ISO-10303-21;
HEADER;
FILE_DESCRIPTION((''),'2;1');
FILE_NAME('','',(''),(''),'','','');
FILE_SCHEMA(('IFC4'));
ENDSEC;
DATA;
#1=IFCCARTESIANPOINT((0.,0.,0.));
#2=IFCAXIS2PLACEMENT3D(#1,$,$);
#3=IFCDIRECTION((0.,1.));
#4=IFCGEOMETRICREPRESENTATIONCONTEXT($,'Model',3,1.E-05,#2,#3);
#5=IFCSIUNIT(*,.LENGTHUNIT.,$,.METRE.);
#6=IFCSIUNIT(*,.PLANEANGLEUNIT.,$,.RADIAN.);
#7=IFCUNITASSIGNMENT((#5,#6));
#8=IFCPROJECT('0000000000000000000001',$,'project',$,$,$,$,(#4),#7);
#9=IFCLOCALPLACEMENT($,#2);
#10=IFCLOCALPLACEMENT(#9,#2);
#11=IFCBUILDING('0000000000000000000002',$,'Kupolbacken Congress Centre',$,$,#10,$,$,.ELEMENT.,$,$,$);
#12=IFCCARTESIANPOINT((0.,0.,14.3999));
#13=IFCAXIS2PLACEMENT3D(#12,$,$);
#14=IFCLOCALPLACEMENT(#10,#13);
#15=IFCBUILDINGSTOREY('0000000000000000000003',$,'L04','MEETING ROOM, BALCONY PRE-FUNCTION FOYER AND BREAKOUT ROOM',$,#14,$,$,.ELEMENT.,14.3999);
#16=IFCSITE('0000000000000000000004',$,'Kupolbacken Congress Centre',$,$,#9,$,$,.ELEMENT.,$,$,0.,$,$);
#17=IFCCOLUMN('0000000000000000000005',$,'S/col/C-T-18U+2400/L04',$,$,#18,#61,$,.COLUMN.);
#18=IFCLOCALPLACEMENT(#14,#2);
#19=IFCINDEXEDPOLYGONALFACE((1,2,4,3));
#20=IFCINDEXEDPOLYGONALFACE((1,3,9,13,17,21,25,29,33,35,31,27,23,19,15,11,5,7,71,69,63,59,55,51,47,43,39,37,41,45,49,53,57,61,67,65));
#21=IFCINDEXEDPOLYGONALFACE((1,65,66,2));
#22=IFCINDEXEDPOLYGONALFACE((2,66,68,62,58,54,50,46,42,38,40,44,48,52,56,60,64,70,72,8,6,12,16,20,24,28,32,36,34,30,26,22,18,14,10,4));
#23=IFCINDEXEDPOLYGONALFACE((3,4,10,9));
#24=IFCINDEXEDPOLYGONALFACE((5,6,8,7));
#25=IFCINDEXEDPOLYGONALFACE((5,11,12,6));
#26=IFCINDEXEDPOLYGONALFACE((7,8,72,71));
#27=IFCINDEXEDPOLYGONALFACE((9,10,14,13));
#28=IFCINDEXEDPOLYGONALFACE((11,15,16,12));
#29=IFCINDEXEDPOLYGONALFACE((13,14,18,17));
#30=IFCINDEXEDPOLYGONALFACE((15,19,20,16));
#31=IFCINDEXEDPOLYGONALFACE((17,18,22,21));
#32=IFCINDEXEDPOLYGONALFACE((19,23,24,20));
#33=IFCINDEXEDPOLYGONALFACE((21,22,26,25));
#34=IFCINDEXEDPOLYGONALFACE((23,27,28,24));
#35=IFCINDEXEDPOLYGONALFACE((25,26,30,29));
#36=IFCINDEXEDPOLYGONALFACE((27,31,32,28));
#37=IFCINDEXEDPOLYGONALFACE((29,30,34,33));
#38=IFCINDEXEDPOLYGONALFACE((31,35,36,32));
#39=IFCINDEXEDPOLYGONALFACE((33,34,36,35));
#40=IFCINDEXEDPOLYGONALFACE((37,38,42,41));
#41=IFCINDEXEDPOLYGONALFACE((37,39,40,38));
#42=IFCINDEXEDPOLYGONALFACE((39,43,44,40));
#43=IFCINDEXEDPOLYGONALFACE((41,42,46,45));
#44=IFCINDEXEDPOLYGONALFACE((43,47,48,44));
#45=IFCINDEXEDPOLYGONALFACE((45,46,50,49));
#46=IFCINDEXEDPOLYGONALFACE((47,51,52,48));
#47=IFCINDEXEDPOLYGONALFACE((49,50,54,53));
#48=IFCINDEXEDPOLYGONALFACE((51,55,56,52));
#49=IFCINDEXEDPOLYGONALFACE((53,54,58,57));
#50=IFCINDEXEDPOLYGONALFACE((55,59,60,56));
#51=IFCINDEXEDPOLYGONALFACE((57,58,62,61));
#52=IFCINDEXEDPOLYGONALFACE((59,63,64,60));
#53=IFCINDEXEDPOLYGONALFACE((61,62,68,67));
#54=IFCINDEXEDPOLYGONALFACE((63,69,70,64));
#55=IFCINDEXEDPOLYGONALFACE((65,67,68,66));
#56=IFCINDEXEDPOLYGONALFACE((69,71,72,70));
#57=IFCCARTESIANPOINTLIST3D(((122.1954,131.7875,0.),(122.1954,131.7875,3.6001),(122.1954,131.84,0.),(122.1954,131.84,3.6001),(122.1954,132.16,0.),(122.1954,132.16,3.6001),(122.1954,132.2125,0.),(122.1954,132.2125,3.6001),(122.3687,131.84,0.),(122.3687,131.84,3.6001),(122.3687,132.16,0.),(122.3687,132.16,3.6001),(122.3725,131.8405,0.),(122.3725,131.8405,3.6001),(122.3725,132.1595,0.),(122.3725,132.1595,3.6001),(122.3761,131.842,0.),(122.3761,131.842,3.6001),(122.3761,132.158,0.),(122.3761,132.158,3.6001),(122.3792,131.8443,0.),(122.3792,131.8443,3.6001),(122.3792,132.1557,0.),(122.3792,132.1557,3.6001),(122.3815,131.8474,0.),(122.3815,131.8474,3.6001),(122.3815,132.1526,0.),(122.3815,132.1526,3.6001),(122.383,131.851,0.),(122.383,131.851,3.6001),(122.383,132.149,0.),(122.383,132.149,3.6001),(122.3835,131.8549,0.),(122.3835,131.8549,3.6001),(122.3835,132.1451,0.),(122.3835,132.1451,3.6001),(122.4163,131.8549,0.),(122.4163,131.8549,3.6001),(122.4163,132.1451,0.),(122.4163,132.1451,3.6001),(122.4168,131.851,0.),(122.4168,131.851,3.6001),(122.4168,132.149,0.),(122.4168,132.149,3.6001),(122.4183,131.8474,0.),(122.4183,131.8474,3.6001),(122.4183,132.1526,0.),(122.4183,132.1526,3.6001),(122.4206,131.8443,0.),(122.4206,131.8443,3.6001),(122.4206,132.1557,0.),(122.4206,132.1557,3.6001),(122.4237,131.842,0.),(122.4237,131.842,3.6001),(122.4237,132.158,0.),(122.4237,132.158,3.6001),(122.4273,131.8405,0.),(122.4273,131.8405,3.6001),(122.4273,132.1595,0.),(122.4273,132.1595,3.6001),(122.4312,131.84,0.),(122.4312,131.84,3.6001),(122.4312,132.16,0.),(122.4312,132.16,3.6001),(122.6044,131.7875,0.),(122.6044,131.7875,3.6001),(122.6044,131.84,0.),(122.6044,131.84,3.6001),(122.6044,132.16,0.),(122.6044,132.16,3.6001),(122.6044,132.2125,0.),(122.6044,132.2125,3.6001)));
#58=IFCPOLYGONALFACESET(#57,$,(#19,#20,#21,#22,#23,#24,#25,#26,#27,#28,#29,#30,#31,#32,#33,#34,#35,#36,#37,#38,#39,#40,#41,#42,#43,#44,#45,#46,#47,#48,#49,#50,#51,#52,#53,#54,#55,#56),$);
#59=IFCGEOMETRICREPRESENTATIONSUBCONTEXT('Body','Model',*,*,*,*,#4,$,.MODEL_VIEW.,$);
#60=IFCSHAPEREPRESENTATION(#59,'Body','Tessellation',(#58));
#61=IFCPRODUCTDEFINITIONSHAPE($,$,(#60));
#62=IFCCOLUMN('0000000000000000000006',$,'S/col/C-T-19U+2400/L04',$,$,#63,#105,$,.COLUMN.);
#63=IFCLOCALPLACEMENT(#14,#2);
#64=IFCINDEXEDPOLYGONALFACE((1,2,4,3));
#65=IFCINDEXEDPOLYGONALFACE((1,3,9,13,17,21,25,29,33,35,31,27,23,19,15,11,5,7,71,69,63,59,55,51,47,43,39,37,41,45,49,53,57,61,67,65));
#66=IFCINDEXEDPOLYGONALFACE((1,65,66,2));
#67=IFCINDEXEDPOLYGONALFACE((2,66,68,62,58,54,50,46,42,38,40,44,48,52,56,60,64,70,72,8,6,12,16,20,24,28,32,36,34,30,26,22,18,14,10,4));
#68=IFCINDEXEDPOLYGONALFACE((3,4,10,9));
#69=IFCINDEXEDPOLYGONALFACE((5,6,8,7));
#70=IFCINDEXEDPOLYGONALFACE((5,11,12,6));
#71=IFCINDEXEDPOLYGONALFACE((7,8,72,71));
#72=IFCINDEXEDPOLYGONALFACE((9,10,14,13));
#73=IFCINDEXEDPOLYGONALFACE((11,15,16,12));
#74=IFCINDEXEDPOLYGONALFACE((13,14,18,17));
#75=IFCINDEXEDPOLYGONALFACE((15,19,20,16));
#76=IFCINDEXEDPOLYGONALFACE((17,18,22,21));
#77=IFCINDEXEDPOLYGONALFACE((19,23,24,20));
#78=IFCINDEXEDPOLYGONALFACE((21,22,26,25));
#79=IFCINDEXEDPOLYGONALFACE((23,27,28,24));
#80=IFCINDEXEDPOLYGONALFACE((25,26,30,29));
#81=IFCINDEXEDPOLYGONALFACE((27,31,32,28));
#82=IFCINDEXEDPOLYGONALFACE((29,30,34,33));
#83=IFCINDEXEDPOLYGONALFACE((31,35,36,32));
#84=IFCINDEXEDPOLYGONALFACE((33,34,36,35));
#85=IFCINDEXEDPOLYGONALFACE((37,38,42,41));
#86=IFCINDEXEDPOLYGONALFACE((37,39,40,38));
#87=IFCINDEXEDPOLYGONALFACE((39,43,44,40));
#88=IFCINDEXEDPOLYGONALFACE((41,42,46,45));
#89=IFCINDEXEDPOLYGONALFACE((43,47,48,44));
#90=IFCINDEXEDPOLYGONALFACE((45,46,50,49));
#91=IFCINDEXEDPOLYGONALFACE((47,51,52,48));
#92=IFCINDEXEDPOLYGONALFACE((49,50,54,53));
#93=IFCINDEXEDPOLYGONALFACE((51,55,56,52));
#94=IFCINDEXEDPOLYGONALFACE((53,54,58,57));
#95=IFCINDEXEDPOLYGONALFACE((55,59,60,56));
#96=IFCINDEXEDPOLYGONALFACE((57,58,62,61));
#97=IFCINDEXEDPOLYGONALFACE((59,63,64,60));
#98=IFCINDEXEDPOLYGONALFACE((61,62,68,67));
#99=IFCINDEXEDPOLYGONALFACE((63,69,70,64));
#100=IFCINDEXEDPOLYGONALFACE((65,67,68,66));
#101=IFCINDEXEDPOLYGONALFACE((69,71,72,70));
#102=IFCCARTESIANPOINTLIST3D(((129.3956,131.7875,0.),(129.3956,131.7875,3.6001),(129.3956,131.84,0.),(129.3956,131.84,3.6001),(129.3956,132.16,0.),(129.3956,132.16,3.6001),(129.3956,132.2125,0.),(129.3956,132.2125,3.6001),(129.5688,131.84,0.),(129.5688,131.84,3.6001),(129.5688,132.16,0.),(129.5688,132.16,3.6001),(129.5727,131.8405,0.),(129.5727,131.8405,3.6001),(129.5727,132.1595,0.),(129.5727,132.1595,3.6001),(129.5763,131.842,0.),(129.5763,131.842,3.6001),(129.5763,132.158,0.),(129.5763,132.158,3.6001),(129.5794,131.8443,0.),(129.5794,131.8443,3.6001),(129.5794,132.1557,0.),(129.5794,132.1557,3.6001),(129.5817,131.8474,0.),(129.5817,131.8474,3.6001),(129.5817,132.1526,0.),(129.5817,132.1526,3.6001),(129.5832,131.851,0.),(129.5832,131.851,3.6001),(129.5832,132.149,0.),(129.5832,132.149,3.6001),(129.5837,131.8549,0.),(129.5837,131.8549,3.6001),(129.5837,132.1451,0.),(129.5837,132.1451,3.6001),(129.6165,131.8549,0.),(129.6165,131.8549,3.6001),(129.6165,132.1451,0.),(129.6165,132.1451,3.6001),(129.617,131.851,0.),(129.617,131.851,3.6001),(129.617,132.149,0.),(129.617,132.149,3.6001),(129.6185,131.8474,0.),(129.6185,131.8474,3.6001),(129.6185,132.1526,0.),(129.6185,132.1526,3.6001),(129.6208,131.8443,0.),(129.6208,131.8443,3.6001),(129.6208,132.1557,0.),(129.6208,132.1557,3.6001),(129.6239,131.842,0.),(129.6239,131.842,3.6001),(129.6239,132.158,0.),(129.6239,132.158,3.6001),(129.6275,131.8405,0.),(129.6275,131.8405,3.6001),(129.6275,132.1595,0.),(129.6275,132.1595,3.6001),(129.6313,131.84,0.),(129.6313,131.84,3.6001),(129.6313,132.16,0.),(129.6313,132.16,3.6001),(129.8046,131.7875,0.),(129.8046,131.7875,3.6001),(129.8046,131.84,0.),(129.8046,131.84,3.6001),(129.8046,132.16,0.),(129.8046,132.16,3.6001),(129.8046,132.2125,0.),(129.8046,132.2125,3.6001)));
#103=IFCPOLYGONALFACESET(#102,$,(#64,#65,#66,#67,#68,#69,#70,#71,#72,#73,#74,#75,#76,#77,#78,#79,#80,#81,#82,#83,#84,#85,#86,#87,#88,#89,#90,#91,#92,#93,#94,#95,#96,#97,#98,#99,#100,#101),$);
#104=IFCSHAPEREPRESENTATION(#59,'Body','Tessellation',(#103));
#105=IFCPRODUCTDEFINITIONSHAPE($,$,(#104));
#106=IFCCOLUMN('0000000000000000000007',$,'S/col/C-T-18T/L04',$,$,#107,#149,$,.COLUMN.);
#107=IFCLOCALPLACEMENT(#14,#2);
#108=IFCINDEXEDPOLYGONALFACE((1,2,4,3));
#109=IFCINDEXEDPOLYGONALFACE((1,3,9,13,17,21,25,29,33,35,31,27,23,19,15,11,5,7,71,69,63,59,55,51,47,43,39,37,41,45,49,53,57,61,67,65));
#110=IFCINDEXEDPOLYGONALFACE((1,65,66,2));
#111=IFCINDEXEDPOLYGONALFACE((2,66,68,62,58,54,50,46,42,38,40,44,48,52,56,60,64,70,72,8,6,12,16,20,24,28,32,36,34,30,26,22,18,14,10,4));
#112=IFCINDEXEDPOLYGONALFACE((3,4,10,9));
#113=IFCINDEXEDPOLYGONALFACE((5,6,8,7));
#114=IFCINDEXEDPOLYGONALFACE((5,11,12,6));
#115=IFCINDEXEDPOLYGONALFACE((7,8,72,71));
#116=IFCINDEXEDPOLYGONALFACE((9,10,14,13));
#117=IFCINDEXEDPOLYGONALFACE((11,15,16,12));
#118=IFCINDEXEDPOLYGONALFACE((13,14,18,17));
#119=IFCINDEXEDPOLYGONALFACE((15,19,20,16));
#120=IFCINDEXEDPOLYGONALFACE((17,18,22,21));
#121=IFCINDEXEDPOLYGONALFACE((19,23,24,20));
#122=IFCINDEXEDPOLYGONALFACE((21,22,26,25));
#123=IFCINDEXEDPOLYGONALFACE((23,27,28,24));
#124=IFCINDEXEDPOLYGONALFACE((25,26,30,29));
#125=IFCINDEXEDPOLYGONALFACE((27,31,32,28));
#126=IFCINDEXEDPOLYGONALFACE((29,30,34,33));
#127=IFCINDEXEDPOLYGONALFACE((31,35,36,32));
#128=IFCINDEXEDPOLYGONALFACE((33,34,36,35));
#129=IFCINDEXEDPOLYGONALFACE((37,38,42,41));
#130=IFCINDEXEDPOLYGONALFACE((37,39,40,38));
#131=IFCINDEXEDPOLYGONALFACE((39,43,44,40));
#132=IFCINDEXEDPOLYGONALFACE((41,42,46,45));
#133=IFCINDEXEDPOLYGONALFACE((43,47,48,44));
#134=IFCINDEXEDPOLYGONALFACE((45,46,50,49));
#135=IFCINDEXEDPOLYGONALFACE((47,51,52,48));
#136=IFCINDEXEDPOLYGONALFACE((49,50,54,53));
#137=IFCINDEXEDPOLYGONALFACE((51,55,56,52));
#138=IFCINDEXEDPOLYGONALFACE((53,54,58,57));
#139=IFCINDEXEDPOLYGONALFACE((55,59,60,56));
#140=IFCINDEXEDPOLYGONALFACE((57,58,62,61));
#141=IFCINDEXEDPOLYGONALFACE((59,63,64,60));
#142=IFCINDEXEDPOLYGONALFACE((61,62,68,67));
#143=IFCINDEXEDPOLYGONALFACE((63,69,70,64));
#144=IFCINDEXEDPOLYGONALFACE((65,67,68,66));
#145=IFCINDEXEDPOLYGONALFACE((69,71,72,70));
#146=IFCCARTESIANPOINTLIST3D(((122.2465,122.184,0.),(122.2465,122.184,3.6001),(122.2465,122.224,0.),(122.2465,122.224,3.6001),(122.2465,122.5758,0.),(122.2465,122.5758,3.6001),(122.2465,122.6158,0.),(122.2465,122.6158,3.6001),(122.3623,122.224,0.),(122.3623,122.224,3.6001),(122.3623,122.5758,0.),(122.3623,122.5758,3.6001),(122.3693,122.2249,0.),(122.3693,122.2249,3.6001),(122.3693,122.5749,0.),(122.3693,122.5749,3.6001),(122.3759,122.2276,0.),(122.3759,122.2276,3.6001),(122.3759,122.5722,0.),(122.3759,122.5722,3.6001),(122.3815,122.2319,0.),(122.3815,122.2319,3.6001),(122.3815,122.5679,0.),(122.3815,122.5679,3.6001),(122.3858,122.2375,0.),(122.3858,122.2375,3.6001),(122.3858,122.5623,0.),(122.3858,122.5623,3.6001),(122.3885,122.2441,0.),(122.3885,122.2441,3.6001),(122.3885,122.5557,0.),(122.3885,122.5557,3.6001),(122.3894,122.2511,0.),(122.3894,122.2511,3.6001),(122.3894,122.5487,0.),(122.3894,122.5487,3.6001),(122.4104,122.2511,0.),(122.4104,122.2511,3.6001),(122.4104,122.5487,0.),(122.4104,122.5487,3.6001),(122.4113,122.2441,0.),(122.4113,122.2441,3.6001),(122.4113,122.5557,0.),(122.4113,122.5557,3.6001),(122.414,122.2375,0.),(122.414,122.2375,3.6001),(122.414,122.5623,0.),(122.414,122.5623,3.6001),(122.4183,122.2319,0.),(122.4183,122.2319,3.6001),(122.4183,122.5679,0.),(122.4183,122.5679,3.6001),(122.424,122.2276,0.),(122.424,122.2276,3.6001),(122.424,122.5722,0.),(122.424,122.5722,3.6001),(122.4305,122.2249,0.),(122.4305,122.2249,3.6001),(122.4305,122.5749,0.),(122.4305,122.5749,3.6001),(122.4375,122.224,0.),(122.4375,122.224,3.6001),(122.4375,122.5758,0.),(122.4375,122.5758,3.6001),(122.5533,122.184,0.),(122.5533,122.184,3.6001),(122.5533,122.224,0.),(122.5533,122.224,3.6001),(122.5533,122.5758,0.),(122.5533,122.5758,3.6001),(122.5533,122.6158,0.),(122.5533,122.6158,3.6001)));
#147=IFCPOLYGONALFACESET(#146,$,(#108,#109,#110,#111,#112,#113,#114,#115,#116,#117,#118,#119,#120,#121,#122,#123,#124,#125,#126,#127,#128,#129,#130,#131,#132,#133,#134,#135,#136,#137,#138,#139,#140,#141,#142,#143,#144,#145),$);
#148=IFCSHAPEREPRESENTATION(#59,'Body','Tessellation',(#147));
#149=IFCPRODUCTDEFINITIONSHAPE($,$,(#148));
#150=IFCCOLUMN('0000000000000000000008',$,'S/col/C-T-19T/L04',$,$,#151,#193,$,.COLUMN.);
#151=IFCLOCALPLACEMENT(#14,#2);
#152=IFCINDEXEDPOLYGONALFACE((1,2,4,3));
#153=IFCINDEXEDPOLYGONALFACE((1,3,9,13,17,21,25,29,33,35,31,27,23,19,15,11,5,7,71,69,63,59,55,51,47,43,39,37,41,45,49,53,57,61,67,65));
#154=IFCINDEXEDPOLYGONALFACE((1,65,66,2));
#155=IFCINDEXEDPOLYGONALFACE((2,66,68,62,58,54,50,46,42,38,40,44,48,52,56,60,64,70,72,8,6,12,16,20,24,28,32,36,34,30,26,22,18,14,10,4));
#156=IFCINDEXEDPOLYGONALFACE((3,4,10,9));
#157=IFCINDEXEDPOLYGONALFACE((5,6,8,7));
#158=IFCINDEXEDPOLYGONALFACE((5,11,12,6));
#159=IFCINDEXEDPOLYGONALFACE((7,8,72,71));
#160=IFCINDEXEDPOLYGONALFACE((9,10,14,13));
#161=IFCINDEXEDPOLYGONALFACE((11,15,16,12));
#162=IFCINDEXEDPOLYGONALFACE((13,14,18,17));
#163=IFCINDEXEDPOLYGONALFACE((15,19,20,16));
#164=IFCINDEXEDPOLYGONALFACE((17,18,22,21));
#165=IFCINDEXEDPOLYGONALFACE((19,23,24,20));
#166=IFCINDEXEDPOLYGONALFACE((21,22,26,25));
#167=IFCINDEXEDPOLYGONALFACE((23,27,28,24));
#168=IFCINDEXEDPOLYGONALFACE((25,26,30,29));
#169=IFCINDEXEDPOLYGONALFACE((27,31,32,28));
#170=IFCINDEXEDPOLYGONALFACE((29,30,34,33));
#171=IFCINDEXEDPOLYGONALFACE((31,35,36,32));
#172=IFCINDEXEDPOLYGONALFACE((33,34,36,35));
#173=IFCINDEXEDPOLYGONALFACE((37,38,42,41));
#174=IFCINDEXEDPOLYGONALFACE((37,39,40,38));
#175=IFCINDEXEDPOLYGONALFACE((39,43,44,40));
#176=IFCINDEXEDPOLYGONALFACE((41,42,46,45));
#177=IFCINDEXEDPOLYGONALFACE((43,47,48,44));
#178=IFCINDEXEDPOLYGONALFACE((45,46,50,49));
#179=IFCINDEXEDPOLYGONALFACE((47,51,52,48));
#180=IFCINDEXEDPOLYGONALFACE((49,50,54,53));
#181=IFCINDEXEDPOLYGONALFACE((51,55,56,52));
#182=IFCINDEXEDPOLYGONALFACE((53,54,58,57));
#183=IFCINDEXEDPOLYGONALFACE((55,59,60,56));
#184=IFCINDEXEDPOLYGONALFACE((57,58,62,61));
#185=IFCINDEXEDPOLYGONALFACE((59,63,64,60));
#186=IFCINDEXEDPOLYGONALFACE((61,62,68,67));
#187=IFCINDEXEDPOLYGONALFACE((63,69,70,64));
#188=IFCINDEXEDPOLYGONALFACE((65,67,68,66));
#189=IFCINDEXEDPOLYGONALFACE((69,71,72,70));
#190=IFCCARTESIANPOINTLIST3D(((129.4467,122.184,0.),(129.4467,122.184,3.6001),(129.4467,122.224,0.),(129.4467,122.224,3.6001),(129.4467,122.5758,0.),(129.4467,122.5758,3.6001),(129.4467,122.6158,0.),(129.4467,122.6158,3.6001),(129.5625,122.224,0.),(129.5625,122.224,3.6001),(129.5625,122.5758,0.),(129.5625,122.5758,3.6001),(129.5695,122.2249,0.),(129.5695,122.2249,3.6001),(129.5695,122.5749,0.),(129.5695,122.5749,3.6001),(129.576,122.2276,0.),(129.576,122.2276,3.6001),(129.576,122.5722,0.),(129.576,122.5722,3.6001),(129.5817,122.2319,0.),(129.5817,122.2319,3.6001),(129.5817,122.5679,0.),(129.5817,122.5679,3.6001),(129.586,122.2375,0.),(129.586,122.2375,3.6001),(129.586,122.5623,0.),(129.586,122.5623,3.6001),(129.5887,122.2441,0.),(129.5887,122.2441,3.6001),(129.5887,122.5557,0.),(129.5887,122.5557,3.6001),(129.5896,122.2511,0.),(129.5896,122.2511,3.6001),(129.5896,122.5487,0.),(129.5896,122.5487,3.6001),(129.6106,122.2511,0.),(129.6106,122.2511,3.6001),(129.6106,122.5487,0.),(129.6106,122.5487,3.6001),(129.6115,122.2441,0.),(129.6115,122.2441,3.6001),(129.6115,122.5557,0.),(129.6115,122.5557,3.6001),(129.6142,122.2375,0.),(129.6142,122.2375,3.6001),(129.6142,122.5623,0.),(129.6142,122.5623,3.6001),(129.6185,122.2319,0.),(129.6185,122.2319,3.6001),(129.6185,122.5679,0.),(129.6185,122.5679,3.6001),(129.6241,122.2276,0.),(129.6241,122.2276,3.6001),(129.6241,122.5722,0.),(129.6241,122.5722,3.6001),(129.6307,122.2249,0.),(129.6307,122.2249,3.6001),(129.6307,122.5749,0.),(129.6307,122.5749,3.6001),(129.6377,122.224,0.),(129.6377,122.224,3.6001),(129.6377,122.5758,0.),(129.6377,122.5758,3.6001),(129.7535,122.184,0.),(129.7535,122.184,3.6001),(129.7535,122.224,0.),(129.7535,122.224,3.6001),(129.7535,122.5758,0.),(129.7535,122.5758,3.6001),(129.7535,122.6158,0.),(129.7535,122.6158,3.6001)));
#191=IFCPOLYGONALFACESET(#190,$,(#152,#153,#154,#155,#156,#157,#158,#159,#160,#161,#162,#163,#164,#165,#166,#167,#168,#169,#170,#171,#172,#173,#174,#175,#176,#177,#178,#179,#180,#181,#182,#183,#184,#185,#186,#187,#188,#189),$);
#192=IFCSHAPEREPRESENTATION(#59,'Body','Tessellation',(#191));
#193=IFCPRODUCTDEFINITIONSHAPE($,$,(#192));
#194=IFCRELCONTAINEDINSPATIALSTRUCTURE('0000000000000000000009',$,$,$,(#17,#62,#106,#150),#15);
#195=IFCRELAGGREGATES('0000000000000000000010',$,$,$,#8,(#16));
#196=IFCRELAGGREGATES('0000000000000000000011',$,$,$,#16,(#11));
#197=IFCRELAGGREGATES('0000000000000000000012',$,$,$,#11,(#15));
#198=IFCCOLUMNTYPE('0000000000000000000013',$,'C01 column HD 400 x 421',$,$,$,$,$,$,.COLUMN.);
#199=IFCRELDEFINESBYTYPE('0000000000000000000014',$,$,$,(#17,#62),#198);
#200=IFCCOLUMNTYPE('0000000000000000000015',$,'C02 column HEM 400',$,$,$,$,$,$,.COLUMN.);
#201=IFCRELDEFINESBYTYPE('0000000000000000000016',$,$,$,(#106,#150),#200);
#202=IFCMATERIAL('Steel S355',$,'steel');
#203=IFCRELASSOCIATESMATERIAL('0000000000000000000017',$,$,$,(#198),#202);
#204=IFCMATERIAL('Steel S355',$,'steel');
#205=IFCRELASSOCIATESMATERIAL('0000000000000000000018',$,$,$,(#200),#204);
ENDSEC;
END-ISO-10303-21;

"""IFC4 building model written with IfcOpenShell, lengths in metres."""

from ifc_helpers import new_model, si_unit, direction, frame, origin, origin_2d, place, context, subcontext, project, spatial, i_section, extrude, material, material_profile, profile_set, type_object, element, save


model = new_model("IFC4")

# Units and contexts
model_context = context("Model", 3, precision=1e-05, world=origin(), true_north=direction((0.0, 1.0)))
body_context = subcontext(model_context, "Body", "Model", "MODEL_VIEW")
ifc_project = project(units=[si_unit("LENGTHUNIT", "METRE"), si_unit("PLANEANGLEUNIT", "RADIAN")], contexts=[model_context])

# Site, building, storey
site_placement = place(None, origin())
site = spatial("IfcSite", under=ifc_project, at=site_placement, Name="Kupolbacken Congress Centre", CompositionType="ELEMENT", RefElevation=0.0)
building_placement = place(site_placement, origin())
building = spatial("IfcBuilding", under=site, at=building_placement, Name="Kupolbacken Congress Centre", CompositionType="ELEMENT")
storey_placement = place(building_placement, frame((0.0, 0.0, 14.3999)))
storey = spatial("IfcBuildingStorey", under=building, at=storey_placement, Name="L04", Description="MEETING ROOM, BALCONY PRE-FUNCTION FOYER AND BREAKOUT ROOM", CompositionType="ELEMENT", Elevation=14.3999)

# Columns
ifc_material_1 = material(Name="Steel S355", Category="steel")
ifc_material_profile_1 = material_profile(ifc_material_1, i_section(OverallWidth=0.4089, OverallDepth=0.425, WebThickness=0.0327, FlangeThickness=0.0525, FilletRadius=0.0149, at=origin_2d()), Name="HD 400 x 421")
ifc_profile_set_1 = profile_set([ifc_material_profile_1], Name="Steel S355")
column_type_1 = type_object("IfcColumnType", Name="C01 column HD 400 x 421", PredefinedType="COLUMN", material=ifc_profile_set_1)
for number, where, z_axis, x_axis, name in (
    (1, (122.3999, 132.0, 0.0), (0.0, 0.0, 1.0), (1.0, 0.0, 0.0), "S/col/C-T-18U+2400/L04"),
    (2, (129.6001, 132.0, 0.0), (0.0, 0.0, 1.0), (1.0, 0.0, 0.0), "S/col/C-T-19U+2400/L04"),
):
    element("IfcColumn", number, at=place(storey_placement, frame(where, z_axis=z_axis, x_axis=x_axis)), inside=storey, type_object=column_type_1, Name=name, PredefinedType="COLUMN", context=body_context, shape_type="SweptSolid", body=[
        extrude(i_section(OverallWidth=0.4089, OverallDepth=0.425, WebThickness=0.0327, FlangeThickness=0.0525, FilletRadius=0.0149, at=origin_2d()), origin(), (0.0, 0.0, 1.0), 3.6001),
    ])
ifc_material_2 = material(Name="Steel S355", Category="steel")
ifc_material_profile_2 = material_profile(ifc_material_2, i_section(OverallWidth=0.3069, OverallDepth=0.4319, WebThickness=0.021, FlangeThickness=0.04, FilletRadius=0.0271, at=origin_2d()), Name="HEM 400")
ifc_profile_set_2 = profile_set([ifc_material_profile_2], Name="Steel S355")
column_type_2 = type_object("IfcColumnType", Name="C02 column HEM 400", PredefinedType="COLUMN", material=ifc_profile_set_2)
for number, where, z_axis, x_axis, name in (
    (3, (122.3999, 122.3999, 0.0), (0.0, 0.0, 1.0), (1.0, 0.0, 0.0), "S/col/C-T-18T/L04"),
    (4, (129.6001, 122.3999, 0.0), (0.0, 0.0, 1.0), (1.0, 0.0, 0.0), "S/col/C-T-19T/L04"),
):
    element("IfcColumn", number, at=place(storey_placement, frame(where, z_axis=z_axis, x_axis=x_axis)), inside=storey, type_object=column_type_2, Name=name, PredefinedType="COLUMN", context=body_context, shape_type="SweptSolid", body=[
        extrude(i_section(OverallWidth=0.3069, OverallDepth=0.4319, WebThickness=0.021, FlangeThickness=0.04, FilletRadius=0.0271, at=origin_2d()), origin(), (0.0, 0.0, 1.0), 3.6001),
    ])

save(model, "model.ifc")
